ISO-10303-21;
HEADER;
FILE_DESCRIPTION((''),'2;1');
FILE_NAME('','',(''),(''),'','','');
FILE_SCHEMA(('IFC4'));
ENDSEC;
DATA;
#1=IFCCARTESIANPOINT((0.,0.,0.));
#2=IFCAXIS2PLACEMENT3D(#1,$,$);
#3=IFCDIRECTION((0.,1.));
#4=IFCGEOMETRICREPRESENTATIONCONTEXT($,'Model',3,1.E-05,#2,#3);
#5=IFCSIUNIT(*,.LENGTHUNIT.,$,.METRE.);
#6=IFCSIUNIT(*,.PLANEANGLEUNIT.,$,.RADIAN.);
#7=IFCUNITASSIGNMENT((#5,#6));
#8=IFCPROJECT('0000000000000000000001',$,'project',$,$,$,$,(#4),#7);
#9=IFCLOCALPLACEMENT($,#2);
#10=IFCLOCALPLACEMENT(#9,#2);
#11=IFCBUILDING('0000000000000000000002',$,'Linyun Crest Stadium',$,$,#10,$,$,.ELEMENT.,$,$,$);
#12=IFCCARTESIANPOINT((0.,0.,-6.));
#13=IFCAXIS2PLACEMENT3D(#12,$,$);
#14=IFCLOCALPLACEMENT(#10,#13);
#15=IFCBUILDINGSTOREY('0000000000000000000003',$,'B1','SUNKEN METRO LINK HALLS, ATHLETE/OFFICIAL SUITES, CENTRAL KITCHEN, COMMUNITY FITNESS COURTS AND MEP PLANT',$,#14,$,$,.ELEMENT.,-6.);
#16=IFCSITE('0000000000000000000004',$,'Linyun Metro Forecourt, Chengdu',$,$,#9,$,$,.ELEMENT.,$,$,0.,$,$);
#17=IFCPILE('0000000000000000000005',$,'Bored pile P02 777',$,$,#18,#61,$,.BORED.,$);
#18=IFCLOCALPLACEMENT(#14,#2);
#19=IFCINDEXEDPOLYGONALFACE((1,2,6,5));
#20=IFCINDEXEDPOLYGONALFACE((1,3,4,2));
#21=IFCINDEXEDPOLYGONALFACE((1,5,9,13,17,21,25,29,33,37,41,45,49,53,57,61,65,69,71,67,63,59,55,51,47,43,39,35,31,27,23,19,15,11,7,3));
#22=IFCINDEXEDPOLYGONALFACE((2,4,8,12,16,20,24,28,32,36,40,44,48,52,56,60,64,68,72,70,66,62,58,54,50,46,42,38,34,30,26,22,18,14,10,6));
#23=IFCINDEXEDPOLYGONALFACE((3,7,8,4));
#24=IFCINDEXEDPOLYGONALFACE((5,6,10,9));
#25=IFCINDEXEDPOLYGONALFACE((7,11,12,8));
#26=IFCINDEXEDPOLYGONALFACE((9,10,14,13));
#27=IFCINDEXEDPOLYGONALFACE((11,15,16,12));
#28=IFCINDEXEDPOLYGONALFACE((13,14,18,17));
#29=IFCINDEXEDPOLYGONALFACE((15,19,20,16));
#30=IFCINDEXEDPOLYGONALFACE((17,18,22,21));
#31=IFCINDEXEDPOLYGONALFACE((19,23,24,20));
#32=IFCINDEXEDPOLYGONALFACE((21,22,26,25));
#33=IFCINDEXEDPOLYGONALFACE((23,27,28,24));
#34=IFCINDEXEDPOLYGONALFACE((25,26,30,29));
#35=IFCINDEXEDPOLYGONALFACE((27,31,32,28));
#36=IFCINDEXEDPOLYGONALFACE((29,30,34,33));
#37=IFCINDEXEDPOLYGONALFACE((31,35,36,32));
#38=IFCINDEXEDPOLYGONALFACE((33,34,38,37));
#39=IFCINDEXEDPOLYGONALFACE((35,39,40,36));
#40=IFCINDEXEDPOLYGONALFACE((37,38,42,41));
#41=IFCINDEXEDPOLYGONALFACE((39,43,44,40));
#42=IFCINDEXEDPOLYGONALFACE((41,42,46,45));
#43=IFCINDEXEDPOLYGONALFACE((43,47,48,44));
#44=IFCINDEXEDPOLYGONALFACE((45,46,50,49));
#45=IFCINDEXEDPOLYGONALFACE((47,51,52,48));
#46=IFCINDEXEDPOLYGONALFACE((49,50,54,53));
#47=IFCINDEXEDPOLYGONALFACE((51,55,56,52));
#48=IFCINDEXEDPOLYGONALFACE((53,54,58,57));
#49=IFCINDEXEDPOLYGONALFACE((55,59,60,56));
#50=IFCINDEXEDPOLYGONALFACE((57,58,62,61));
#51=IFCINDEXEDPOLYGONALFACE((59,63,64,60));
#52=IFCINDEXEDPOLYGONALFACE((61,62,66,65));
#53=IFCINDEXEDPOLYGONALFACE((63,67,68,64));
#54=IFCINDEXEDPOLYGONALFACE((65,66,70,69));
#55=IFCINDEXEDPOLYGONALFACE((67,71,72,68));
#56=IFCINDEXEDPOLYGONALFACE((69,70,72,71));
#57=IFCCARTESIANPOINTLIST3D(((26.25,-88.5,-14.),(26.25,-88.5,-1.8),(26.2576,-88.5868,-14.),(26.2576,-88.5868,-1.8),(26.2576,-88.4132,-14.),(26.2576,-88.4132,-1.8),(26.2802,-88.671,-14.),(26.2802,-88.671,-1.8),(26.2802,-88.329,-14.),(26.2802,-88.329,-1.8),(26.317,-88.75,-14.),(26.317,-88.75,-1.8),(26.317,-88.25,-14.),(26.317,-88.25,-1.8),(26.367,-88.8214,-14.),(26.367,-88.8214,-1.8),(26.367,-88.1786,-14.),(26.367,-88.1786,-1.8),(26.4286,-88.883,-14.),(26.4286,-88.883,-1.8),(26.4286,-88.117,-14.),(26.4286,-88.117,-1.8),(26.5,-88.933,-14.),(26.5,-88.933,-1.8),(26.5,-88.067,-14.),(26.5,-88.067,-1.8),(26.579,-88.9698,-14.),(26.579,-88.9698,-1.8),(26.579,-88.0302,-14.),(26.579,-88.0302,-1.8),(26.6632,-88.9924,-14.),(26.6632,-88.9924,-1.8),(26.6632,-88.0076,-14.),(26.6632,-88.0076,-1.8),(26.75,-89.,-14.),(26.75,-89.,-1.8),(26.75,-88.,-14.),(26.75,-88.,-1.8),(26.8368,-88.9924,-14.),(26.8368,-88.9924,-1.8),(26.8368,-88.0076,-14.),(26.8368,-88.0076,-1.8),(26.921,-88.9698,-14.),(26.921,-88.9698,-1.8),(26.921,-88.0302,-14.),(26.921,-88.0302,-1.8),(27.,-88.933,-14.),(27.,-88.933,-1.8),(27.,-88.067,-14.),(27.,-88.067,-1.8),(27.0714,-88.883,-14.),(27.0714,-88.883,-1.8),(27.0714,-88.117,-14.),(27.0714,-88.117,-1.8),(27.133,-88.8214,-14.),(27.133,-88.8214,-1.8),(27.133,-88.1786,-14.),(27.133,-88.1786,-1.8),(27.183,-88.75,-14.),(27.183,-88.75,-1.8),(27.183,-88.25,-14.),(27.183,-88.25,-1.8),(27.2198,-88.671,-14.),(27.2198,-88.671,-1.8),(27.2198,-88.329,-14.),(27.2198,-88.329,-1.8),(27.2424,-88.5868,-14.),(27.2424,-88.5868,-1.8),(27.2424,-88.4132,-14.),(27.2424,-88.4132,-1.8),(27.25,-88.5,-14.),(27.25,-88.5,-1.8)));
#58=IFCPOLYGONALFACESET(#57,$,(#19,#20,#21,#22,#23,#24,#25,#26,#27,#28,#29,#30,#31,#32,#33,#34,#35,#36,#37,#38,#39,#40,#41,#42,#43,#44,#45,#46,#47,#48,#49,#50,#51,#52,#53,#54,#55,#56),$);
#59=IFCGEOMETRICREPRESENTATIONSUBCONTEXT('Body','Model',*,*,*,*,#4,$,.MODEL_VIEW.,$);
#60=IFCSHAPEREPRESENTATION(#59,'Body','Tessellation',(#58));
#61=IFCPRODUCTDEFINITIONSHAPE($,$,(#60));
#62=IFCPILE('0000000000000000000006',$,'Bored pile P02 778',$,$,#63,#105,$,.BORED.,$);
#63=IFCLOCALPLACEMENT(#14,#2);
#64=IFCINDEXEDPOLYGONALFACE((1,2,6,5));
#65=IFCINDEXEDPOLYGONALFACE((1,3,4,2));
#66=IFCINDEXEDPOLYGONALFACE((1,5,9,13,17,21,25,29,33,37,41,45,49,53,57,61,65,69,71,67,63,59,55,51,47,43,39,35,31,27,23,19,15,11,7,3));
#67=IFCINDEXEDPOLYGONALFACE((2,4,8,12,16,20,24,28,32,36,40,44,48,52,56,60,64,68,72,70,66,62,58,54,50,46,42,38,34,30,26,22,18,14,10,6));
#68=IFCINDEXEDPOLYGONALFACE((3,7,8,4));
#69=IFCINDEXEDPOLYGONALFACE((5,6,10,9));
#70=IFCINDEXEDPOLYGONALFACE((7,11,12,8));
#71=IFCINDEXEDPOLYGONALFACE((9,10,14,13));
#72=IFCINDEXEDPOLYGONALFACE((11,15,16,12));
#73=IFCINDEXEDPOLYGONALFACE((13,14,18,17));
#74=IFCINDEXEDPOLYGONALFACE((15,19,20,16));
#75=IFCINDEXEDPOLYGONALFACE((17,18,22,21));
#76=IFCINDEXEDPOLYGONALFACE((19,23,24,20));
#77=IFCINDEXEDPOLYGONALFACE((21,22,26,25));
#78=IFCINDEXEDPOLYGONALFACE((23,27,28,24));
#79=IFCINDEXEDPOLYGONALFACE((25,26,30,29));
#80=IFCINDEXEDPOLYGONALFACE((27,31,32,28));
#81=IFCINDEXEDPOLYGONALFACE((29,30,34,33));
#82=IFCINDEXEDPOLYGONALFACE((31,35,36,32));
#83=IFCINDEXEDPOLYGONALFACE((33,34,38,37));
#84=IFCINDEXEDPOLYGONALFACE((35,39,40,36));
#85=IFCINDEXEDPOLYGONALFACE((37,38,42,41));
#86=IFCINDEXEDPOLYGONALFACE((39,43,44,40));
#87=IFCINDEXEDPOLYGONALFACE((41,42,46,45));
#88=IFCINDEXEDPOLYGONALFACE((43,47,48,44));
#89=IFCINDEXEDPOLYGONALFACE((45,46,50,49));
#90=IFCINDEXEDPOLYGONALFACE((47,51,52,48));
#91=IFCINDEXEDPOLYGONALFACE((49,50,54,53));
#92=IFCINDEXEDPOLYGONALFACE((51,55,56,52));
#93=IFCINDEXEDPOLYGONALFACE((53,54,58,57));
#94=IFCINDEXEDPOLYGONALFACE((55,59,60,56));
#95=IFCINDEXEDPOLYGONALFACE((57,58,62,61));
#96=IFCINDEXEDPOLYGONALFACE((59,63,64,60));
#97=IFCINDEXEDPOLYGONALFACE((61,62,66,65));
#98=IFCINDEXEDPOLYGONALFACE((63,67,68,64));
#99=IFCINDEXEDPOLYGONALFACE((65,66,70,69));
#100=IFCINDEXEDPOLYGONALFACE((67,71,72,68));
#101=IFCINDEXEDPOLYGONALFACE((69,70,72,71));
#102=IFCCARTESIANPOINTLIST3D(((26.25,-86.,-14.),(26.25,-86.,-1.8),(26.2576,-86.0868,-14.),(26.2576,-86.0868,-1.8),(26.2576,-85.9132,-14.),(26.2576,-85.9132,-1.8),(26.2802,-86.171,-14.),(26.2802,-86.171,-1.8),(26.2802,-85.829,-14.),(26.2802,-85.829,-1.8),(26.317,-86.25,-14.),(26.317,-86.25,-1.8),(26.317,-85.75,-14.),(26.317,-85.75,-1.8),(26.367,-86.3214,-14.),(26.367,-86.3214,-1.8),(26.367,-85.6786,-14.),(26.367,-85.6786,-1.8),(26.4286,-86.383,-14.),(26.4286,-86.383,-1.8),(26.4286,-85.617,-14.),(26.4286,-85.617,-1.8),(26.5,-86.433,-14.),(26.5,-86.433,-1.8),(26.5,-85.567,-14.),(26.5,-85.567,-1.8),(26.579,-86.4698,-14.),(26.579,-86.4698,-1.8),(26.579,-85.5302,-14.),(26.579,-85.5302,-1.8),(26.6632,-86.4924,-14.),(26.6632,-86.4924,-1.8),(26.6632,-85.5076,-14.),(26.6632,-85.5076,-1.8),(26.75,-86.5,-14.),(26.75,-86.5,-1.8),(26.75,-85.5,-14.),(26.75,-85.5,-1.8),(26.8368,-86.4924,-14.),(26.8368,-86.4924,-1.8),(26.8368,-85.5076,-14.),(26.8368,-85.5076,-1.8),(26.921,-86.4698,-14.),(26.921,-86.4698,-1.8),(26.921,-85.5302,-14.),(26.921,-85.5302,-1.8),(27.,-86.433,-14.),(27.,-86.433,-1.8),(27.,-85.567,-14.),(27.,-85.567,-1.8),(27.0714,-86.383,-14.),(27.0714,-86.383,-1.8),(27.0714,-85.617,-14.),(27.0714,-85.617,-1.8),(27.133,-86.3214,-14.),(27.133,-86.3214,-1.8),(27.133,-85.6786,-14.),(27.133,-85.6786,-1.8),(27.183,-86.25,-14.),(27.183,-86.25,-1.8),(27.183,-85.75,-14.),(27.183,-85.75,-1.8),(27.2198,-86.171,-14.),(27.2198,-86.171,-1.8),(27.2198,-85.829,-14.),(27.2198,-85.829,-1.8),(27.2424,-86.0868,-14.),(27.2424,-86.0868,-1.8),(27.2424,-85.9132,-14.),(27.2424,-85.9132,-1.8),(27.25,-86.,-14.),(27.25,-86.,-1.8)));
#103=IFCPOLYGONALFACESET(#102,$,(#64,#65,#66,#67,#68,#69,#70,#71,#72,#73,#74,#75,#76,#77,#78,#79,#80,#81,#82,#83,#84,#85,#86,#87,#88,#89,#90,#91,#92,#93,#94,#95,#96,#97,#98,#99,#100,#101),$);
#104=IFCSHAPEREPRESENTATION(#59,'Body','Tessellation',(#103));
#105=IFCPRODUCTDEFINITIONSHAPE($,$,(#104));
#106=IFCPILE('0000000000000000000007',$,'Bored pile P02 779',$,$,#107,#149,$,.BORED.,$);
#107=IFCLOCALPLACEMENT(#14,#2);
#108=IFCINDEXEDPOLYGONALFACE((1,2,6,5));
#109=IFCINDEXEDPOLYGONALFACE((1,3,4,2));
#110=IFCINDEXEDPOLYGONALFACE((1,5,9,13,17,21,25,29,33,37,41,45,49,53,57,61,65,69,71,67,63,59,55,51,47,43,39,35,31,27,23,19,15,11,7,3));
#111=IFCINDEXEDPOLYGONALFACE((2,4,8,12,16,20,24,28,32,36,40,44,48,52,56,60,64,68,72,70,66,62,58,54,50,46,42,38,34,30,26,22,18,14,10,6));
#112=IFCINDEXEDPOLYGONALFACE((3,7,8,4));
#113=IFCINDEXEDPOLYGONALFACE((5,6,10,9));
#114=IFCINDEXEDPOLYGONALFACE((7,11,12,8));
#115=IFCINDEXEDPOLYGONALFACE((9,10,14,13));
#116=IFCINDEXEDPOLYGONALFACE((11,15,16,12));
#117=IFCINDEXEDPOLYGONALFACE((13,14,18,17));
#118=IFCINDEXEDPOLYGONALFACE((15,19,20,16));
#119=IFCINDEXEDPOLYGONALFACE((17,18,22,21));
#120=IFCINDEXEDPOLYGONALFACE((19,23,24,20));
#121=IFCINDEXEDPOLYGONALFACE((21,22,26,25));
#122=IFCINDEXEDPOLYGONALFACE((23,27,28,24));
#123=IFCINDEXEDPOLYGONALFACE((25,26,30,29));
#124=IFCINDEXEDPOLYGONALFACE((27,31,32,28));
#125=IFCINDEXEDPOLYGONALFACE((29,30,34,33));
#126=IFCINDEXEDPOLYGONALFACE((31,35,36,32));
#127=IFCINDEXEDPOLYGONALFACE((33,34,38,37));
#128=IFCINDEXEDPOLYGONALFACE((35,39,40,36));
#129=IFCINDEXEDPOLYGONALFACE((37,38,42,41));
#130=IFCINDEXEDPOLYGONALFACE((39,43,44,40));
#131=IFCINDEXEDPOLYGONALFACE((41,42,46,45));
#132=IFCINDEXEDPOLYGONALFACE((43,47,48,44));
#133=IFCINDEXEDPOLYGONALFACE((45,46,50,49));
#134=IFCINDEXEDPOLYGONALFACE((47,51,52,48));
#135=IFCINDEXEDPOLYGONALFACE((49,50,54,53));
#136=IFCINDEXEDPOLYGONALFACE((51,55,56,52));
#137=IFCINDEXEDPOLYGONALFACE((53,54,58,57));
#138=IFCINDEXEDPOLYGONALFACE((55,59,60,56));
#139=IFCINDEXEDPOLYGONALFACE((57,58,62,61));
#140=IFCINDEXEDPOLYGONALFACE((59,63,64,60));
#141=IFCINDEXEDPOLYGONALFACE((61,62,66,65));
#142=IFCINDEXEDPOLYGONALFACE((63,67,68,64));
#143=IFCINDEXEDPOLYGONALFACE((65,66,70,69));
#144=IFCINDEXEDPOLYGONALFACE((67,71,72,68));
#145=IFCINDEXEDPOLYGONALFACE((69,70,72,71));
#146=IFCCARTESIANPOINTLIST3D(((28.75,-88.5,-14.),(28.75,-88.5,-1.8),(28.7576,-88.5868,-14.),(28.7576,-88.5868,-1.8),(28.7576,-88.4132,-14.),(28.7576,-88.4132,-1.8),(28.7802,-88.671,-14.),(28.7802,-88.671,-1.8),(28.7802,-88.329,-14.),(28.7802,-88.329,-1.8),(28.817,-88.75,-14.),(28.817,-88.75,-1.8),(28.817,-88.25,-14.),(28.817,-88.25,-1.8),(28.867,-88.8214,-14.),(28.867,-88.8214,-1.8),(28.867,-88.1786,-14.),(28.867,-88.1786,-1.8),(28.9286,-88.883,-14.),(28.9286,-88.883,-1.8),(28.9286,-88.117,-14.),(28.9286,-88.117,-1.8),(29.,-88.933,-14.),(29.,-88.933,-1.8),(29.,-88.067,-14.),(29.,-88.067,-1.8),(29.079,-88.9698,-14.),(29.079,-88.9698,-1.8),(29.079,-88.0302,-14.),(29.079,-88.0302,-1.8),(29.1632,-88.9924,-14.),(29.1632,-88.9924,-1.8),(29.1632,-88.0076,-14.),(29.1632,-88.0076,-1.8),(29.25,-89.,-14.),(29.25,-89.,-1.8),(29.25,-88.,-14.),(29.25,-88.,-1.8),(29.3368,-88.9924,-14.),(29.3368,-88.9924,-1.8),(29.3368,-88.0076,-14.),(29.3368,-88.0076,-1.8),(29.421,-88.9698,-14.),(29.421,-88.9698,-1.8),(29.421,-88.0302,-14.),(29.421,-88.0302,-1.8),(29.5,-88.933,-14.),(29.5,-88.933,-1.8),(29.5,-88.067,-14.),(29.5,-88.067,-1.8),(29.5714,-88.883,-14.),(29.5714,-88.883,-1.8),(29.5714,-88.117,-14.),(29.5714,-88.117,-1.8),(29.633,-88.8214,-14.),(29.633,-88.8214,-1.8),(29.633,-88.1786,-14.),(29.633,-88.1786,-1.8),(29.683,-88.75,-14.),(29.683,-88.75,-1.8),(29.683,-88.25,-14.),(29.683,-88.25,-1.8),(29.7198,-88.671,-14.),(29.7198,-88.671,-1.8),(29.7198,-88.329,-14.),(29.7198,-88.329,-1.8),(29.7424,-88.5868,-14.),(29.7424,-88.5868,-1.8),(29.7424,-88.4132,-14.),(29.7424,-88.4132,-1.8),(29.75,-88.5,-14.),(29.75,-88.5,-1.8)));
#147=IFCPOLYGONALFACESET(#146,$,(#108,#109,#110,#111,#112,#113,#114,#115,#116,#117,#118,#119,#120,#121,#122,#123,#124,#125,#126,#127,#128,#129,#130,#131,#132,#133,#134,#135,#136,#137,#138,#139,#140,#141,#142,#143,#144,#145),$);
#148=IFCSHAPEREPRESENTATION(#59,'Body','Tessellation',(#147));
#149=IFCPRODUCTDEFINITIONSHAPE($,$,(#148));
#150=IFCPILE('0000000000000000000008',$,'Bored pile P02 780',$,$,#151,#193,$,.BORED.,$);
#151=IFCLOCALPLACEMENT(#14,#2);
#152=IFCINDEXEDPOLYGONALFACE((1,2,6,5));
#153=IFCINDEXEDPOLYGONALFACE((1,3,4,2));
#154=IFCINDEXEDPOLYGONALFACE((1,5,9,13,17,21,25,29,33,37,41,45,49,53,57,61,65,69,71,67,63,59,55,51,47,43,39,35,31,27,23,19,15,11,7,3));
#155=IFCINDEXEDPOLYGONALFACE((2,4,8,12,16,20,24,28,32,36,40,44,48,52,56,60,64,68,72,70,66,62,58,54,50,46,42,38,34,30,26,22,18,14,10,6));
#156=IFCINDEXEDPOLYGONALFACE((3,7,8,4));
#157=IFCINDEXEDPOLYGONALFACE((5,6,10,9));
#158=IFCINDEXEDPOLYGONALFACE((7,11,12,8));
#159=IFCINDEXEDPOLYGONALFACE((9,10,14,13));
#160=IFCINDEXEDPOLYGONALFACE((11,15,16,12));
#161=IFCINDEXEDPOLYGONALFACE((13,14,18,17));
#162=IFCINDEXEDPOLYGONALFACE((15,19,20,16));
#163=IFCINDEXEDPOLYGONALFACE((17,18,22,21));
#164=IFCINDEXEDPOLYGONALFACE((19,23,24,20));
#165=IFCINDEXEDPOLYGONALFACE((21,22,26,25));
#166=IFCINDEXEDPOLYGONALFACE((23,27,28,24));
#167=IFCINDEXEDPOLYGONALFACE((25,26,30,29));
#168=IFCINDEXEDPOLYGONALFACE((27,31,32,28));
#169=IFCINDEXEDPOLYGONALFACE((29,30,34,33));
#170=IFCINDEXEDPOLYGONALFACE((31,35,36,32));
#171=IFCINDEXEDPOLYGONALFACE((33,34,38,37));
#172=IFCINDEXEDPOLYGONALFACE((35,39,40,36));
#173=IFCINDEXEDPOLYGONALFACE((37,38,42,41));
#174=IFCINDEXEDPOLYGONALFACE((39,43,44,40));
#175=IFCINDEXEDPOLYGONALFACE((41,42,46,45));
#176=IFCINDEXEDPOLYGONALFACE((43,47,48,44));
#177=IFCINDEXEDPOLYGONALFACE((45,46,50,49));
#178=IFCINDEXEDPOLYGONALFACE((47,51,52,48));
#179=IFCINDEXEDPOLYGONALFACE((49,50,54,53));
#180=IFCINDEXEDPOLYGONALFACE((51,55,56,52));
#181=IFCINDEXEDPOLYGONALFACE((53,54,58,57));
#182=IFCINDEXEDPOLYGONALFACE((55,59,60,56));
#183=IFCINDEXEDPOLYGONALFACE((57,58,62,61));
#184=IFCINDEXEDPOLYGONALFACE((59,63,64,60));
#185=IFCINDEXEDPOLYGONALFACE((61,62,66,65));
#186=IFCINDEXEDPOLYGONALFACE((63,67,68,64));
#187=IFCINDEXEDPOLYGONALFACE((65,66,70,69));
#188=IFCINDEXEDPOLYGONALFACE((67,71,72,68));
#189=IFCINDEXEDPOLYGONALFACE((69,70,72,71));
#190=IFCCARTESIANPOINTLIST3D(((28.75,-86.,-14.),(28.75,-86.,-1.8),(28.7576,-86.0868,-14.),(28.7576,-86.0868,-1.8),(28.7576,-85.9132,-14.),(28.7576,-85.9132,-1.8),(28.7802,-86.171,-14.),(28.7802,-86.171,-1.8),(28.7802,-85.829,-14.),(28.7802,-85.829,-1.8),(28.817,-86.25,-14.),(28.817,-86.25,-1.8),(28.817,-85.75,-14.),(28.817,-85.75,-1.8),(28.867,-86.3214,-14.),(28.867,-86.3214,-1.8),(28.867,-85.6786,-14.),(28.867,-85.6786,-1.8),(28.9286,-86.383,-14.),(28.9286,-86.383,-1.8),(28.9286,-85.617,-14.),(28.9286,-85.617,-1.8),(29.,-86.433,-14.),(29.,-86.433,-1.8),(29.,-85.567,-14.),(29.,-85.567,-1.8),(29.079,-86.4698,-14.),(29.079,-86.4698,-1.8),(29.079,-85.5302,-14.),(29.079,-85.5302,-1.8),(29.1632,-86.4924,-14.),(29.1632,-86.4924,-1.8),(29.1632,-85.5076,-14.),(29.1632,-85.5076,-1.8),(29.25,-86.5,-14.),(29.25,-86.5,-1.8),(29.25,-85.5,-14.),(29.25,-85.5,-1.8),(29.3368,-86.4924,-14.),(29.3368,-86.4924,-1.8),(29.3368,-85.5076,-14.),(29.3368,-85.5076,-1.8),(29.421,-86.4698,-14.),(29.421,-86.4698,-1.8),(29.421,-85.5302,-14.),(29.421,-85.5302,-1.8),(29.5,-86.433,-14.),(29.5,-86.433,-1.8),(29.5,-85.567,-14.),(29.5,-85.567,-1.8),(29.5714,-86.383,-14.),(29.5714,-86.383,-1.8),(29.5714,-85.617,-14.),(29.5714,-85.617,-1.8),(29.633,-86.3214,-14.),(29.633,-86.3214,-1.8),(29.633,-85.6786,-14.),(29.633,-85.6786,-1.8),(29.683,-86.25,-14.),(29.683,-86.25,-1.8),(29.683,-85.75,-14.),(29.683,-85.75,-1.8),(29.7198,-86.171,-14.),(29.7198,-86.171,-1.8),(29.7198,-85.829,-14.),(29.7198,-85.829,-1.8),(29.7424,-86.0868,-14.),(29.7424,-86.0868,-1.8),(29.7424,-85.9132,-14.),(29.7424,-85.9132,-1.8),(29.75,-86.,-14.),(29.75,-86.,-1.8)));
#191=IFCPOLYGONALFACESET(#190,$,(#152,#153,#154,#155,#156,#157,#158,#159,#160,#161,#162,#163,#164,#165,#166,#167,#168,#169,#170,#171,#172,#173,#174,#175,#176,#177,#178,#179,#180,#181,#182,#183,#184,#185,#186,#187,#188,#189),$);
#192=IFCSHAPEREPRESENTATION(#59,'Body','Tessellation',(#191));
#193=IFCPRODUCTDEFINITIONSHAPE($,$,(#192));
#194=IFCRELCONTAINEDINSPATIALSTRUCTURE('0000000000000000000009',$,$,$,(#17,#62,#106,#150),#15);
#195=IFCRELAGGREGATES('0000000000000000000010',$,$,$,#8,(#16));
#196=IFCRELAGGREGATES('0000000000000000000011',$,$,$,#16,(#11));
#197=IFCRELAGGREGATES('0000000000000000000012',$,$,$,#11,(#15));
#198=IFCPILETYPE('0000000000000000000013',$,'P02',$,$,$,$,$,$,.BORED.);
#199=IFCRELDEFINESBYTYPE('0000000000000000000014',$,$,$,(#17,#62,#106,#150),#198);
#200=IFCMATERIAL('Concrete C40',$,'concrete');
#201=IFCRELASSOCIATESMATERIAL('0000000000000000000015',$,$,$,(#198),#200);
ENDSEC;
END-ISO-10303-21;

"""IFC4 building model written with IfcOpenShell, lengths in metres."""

from ifc_helpers import new_model, si_unit, direction, frame, origin, origin_2d, place, context, subcontext, project, spatial, circle, extrude, material, material_profile, profile_set, type_object, element, save


model = new_model("IFC4")

# Units and contexts
model_context = context("Model", 3, precision=1e-05, world=origin(), true_north=direction((0.0, 1.0)))
body_context = subcontext(model_context, "Body", "Model", "MODEL_VIEW")
ifc_project = project(units=[si_unit("LENGTHUNIT", "METRE"), si_unit("PLANEANGLEUNIT", "RADIAN")], contexts=[model_context])

# Site, building, storey
site_placement = place(None, origin())
site = spatial("IfcSite", under=ifc_project, at=site_placement, Name="Linyun Metro Forecourt, Chengdu", CompositionType="ELEMENT", RefElevation=0.0)
building_placement = place(site_placement, origin())
building = spatial("IfcBuilding", under=site, at=building_placement, Name="Linyun Crest Stadium", CompositionType="ELEMENT")
storey_placement = place(building_placement, frame((0.0, 0.0, -6.0)))
storey = spatial("IfcBuildingStorey", under=building, at=storey_placement, Name="B1", Description="SUNKEN METRO LINK HALLS, ATHLETE/OFFICIAL SUITES, CENTRAL KITCHEN, COMMUNITY FITNESS COURTS AND MEP PLANT", CompositionType="ELEMENT", Elevation=-6.0)

# Piles
ifc_material_1 = material(Name="Concrete C40", Category="concrete")
ifc_material_profile_1 = material_profile(ifc_material_1, circle(Radius=0.5, at=origin_2d()), Name="BORED PILE 1000")
ifc_profile_set_1 = profile_set([ifc_material_profile_1], Name="Concrete C40")
pile_type = type_object("IfcPileType", Name="P02", PredefinedType="BORED", material=ifc_profile_set_1)
for number, where, z_axis, x_axis, name in (
    (1, (26.75, -88.5, -1.8), (0.0, 0.0, -1.0), (1.0, 0.0, 0.0), "Bored pile P02 777"),
    (2, (26.75, -86.0, -1.8), (0.0, 0.0, -1.0), (1.0, 0.0, 0.0), "Bored pile P02 778"),
    (3, (29.25, -88.5, -1.8), (0.0, 0.0, -1.0), (1.0, 0.0, 0.0), "Bored pile P02 779"),
    (4, (29.25, -86.0, -1.8), (0.0, 0.0, -1.0), (1.0, 0.0, 0.0), "Bored pile P02 780"),
):
    element("IfcPile", number, at=place(storey_placement, frame(where, z_axis=z_axis, x_axis=x_axis)), inside=storey, type_object=pile_type, Name=name, PredefinedType="BORED", context=body_context, shape_type="SweptSolid", body=[
        extrude(circle(Radius=0.5, at=origin_2d()), origin(), (0.0, 0.0, 1.0), 12.2),
    ])

save(model, "model.ifc")
